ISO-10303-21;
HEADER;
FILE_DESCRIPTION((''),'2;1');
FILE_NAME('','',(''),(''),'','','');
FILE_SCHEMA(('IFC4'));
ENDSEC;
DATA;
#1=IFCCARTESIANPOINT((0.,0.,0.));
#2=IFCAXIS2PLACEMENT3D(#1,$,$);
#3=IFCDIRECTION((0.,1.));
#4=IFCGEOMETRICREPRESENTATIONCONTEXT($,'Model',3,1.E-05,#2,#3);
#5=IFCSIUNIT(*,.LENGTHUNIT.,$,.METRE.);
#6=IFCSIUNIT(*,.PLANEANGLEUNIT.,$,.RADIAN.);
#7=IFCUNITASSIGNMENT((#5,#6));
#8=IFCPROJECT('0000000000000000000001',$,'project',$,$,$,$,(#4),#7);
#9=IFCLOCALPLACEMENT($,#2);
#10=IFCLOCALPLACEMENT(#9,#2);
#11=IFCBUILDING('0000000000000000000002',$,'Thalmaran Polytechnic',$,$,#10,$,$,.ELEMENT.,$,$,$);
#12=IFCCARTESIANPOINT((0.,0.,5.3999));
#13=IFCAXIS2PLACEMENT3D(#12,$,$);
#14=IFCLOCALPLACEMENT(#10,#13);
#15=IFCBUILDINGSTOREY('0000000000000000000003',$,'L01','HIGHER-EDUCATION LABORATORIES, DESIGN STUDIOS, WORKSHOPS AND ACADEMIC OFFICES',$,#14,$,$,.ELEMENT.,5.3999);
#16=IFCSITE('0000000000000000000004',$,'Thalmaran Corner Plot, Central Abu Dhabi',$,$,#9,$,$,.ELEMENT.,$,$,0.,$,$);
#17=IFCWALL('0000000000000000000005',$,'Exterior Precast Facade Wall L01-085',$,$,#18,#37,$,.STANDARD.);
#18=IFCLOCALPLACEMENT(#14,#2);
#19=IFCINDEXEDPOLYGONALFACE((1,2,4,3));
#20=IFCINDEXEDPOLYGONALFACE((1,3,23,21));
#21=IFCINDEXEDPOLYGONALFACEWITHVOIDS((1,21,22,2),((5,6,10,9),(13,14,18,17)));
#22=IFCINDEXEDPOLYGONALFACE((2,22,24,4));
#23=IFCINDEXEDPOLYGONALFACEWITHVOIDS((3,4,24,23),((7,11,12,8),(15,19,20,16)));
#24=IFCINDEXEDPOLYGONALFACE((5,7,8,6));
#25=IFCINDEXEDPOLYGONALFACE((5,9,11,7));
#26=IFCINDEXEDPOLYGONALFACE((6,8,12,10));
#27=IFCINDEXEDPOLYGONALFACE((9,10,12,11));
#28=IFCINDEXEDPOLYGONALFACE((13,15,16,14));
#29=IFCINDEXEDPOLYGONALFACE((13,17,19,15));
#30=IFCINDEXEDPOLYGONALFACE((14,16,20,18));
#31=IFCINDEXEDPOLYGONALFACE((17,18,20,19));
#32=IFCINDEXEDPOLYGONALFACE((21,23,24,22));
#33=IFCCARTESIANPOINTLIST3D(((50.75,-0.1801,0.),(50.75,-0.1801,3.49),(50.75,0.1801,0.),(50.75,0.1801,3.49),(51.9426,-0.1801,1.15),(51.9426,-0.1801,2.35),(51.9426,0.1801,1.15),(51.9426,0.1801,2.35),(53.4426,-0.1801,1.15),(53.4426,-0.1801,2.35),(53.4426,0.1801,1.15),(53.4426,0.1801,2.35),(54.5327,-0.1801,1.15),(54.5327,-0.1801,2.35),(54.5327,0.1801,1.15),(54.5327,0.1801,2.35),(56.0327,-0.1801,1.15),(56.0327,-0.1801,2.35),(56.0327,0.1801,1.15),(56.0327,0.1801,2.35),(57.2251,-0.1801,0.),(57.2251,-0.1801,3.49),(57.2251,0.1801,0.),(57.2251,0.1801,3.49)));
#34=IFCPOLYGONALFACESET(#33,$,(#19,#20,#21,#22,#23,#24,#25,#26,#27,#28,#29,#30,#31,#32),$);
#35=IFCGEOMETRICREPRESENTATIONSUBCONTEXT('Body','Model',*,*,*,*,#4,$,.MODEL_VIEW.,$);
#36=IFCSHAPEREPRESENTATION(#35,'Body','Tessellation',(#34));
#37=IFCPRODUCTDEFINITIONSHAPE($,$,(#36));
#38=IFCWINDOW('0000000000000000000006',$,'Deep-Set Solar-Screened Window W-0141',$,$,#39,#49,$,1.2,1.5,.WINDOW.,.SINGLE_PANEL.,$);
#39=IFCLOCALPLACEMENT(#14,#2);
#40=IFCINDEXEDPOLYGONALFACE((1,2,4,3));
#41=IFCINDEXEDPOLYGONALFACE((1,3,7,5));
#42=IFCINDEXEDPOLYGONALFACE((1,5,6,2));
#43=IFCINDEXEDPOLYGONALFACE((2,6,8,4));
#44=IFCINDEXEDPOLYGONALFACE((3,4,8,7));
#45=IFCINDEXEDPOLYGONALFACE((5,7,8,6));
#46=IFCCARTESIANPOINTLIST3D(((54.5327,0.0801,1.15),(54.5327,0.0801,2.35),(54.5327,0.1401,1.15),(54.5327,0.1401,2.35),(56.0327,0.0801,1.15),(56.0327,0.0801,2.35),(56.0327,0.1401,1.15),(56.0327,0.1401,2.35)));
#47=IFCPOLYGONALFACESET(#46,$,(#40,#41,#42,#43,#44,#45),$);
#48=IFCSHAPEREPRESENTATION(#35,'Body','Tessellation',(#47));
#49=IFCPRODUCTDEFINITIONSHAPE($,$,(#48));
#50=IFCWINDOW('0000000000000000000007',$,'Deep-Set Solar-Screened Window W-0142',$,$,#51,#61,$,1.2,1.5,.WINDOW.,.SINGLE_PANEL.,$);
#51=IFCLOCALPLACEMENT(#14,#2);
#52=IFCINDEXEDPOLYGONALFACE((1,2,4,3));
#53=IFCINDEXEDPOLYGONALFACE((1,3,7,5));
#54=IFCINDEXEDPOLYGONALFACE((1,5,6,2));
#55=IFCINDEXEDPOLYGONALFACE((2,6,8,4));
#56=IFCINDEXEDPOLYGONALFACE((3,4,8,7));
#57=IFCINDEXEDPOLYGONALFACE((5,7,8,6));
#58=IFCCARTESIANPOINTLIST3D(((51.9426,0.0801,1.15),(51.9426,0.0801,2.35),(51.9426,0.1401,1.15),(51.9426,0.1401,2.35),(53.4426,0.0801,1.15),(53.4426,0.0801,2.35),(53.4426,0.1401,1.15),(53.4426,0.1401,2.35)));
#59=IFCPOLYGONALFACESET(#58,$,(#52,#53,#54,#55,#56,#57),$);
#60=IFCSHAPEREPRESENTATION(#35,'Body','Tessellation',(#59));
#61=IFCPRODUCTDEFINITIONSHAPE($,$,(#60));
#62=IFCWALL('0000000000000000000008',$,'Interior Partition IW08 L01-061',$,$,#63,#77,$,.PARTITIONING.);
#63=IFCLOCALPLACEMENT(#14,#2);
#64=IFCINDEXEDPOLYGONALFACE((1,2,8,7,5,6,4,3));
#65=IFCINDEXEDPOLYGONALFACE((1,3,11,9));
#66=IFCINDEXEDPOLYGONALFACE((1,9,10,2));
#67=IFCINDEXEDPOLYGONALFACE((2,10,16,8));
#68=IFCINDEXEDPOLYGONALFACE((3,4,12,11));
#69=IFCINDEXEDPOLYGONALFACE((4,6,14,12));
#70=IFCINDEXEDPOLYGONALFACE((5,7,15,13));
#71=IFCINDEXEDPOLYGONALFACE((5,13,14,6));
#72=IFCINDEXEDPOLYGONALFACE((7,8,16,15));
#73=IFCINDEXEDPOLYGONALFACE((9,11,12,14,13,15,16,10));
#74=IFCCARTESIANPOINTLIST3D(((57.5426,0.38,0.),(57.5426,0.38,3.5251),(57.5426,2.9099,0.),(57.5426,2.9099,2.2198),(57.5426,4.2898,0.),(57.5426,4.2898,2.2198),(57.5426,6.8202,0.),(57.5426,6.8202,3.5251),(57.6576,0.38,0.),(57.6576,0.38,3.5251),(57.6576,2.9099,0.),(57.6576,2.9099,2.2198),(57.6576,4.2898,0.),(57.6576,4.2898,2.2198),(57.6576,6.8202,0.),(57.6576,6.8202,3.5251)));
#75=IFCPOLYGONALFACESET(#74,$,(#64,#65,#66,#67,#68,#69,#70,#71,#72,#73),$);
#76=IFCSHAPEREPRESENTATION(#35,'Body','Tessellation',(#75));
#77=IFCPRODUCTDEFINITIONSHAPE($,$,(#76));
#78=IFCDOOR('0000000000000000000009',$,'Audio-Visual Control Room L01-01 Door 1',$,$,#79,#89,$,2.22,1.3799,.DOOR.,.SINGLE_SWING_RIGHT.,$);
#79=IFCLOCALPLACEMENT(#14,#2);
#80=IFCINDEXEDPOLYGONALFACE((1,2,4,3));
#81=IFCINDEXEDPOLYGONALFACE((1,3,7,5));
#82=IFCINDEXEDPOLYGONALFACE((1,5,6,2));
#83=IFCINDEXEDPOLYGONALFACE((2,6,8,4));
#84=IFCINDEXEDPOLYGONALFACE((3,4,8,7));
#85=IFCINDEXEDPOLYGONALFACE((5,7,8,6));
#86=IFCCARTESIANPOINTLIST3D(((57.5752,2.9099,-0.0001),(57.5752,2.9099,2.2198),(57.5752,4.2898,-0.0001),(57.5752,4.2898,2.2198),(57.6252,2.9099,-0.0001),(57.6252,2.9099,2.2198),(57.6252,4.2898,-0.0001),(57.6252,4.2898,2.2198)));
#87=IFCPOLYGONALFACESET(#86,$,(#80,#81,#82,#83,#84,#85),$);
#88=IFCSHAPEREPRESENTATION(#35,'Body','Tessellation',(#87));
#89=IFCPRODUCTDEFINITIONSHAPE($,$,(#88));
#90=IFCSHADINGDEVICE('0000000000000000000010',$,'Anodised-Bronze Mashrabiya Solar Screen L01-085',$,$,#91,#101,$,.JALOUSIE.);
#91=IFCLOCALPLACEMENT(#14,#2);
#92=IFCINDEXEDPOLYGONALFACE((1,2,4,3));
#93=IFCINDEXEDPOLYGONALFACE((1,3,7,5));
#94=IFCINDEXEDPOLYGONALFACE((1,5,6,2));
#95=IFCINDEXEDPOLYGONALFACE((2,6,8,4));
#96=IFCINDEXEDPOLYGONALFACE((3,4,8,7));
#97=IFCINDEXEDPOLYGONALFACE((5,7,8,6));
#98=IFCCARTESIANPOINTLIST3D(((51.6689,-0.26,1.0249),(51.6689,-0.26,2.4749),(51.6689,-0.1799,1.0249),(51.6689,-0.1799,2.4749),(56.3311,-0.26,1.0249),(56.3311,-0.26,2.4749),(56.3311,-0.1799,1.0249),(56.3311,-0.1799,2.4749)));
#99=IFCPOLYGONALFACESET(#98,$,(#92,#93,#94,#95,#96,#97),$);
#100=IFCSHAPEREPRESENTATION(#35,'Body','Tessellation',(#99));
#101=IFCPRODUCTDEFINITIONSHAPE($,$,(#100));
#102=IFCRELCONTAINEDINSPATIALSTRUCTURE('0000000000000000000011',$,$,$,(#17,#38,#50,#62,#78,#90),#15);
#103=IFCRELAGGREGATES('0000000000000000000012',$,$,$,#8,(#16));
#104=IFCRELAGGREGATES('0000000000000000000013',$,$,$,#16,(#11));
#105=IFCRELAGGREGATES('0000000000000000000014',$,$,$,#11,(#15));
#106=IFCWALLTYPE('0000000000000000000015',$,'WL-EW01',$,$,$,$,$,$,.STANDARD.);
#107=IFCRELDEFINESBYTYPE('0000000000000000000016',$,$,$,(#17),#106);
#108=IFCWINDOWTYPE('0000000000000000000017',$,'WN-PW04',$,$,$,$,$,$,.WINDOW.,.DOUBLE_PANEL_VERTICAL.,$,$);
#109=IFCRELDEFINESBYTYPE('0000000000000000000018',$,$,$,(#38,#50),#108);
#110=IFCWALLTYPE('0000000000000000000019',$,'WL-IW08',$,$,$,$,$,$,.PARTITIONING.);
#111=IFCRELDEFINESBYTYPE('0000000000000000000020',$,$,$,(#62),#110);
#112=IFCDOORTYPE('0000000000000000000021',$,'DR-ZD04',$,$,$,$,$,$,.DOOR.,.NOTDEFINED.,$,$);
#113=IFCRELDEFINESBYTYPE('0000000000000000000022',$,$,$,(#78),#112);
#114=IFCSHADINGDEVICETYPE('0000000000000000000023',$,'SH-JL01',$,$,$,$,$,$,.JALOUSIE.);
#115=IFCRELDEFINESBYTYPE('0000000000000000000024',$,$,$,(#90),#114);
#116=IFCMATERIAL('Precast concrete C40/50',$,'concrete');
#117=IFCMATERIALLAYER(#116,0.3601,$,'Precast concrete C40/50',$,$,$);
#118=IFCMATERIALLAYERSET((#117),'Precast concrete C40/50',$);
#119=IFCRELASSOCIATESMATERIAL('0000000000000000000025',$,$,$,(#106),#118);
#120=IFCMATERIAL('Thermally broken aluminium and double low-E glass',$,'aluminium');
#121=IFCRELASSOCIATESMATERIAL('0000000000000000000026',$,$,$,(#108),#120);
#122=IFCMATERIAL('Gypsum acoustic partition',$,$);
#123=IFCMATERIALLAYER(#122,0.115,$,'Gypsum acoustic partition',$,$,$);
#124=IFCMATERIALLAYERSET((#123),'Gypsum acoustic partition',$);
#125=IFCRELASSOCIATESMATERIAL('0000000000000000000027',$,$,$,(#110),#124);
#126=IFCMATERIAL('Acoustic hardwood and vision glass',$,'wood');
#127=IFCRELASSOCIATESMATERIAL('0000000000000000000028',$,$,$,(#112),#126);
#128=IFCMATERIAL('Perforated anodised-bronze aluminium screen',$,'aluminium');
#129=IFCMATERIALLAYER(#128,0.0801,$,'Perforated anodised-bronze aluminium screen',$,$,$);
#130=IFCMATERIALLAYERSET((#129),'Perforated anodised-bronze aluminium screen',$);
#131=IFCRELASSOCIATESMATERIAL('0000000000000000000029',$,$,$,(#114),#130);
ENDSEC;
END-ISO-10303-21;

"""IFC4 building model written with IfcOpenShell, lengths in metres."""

from ifc_helpers import new_model, si_unit, direction, frame, frame_2d, origin, origin_2d, place, context, subcontext, project, spatial, rectangle, extrude, material, layer, layer_set, type_object, element, fill, save


model = new_model("IFC4")

# Units and contexts
model_context = context("Model", 3, precision=1e-05, world=origin(), true_north=direction((0.0, 1.0)))
body_context = subcontext(model_context, "Body", "Model", "MODEL_VIEW")
ifc_project = project(units=[si_unit("LENGTHUNIT", "METRE"), si_unit("PLANEANGLEUNIT", "RADIAN")], contexts=[model_context])

# Site, building, storey
site_placement = place(None, origin())
site = spatial("IfcSite", under=ifc_project, at=site_placement, Name="Thalmaran Corner Plot, Central Abu Dhabi", CompositionType="ELEMENT", RefElevation=0.0)
building_placement = place(site_placement, origin())
building = spatial("IfcBuilding", under=site, at=building_placement, Name="Thalmaran Polytechnic", CompositionType="ELEMENT")
storey_placement = place(building_placement, frame((0.0, 0.0, 5.3999)))
storey = spatial("IfcBuildingStorey", under=building, at=storey_placement, Name="L01", Description="HIGHER-EDUCATION LABORATORIES, DESIGN STUDIOS, WORKSHOPS AND ACADEMIC OFFICES", CompositionType="ELEMENT", Elevation=5.3999)

# Wall, openings, windows
ifc_material_1 = material(Name="Precast concrete C40/50", Category="concrete")
ifc_layer_1 = layer(ifc_material_1, 0.3601, Name="Precast concrete C40/50")
ifc_layer_set_1 = layer_set([ifc_layer_1], Name="Precast concrete C40/50")
wall_type_1 = type_object("IfcWallType", Name="WL-EW01", PredefinedType="STANDARD", material=ifc_layer_set_1)
wall_1_placement = place(storey_placement, frame((57.2251, 0.0, 0.0), z_axis=(0.0, 0.0, 1.0), x_axis=(-1.0, 0.0, 0.0)))
wall_1 = element("IfcWall", 1, at=wall_1_placement, inside=storey, type_object=wall_type_1, Name="Exterior Precast Facade Wall L01-085", PredefinedType="STANDARD", context=body_context, shape_type="SweptSolid", body=[
    extrude(rectangle(XDim=6.4751, YDim=0.3601, at=frame_2d((3.2375, 0.0))), origin(), (0.0, 0.0, 1.0), 3.49),
])
opening_1_placement = place(wall_1_placement, frame((1.1924, 0.0, 1.1499)))
opening_1 = element("IfcOpeningElement", 2, at=opening_1_placement, cuts=wall_1, PredefinedType="OPENING", context=body_context, shape_type="SweptSolid", body=[
    extrude(rectangle(XDim=1.5, YDim=1.2, at=frame_2d((0.75, 0.6001))), frame((0.0, 0.1899, 0.0), z_axis=(0.0, -1.0, 0.0), x_axis=(1.0, 0.0, 0.0)), (0.0, 0.0, 1.0), 0.3801),
])
opening_2_placement = place(wall_1_placement, frame((3.7825, 0.0, 1.1499)))
opening_2 = element("IfcOpeningElement", 3, at=opening_2_placement, cuts=wall_1, PredefinedType="OPENING", context=body_context, shape_type="SweptSolid", body=[
    extrude(rectangle(XDim=1.5, YDim=1.2, at=frame_2d((0.75, 0.6001))), frame((0.0, 0.1899, 0.0), z_axis=(0.0, -1.0, 0.0), x_axis=(1.0, 0.0, 0.0)), (0.0, 0.0, 1.0), 0.3801),
])
ifc_material_2 = material(Name="Thermally broken aluminium and double low-E glass", Category="aluminium")
window_type = type_object("IfcWindowType", Name="WN-PW04", PartitioningType="DOUBLE_PANEL_VERTICAL", PredefinedType="WINDOW", material=ifc_material_2)
window_1_placement = place(opening_1_placement, origin())
window_1 = element("IfcWindow", 4, at=window_1_placement, inside=storey, type_object=window_type, Name="Deep-Set Solar-Screened Window W-0141", OverallHeight=1.2, OverallWidth=1.5, PartitioningType="SINGLE_PANEL", PredefinedType="WINDOW", context=body_context, shape_type="SweptSolid", body=[
    extrude(rectangle(XDim=1.5, YDim=1.2, at=frame_2d((0.75, 0.6001))), frame((0.0, -0.0801, 0.0), z_axis=(0.0, -1.0, 0.0), x_axis=(1.0, 0.0, 0.0)), (0.0, 0.0, 1.0), 0.0601),
])
fill(opening_1, window_1)
window_2_placement = place(opening_2_placement, origin())
window_2 = element("IfcWindow", 5, at=window_2_placement, inside=storey, type_object=window_type, Name="Deep-Set Solar-Screened Window W-0142", OverallHeight=1.2, OverallWidth=1.5, PartitioningType="SINGLE_PANEL", PredefinedType="WINDOW", context=body_context, shape_type="SweptSolid", body=[
    extrude(rectangle(XDim=1.5, YDim=1.2, at=frame_2d((0.75, 0.6001))), frame((0.0, -0.0801, 0.0), z_axis=(0.0, -1.0, 0.0), x_axis=(1.0, 0.0, 0.0)), (0.0, 0.0, 1.0), 0.0601),
])
fill(opening_2, window_2)

# Wall, opening, door
ifc_material_3 = material(Name="Gypsum acoustic partition")
ifc_layer_2 = layer(ifc_material_3, 0.115, Name="Gypsum acoustic partition")
ifc_layer_set_2 = layer_set([ifc_layer_2], Name="Gypsum acoustic partition")
wall_type_2 = type_object("IfcWallType", Name="WL-IW08", PredefinedType="PARTITIONING", material=ifc_layer_set_2)
wall_2_placement = place(storey_placement, frame((57.6001, 0.3799, 0.0), z_axis=(0.0, 0.0, 1.0), x_axis=(0.0, 1.0, 0.0)))
wall_2 = element("IfcWall", 6, at=wall_2_placement, inside=storey, type_object=wall_type_2, Name="Interior Partition IW08 L01-061", PredefinedType="PARTITIONING", context=body_context, shape_type="SweptSolid", body=[
    extrude(rectangle(XDim=6.4402, YDim=0.115, at=frame_2d((3.2202, 0.0))), origin(), (0.0, 0.0, 1.0), 3.5251),
])
opening_3_placement = place(wall_2_placement, frame((2.53, 0.0, 0.0)))
opening_3 = element("IfcOpeningElement", 7, at=opening_3_placement, cuts=wall_2, PredefinedType="OPENING", context=body_context, shape_type="SweptSolid", body=[
    extrude(rectangle(XDim=1.3799, YDim=2.22, at=frame_2d((0.6899, 1.1099))), frame((0.0, 0.0674, 0.0), z_axis=(0.0, -1.0, 0.0), x_axis=(1.0, 0.0, 0.0)), (0.0, 0.0, 1.0), 0.135),
])
ifc_material_4 = material(Name="Acoustic hardwood and vision glass", Category="wood")
door_type = type_object("IfcDoorType", Name="DR-ZD04", OperationType="NOTDEFINED", PredefinedType="DOOR", material=ifc_material_4)
door_placement = place(opening_3_placement, origin())
door = element("IfcDoor", 8, at=door_placement, inside=storey, type_object=door_type, Name="Audio-Visual Control Room L01-01 Door 1", OperationType="SINGLE_SWING_RIGHT", OverallHeight=2.22, OverallWidth=1.3799, PredefinedType="DOOR", context=body_context, shape_type="SweptSolid", body=[
    extrude(rectangle(XDim=1.3799, YDim=2.22, at=frame_2d((0.6899, 1.1099))), frame((0.0, 0.0249, 0.0), z_axis=(0.0, -1.0, 0.0), x_axis=(1.0, 0.0, 0.0)), (0.0, 0.0, 1.0), 0.05),
])
fill(opening_3, door)

# Shading device
ifc_material_5 = material(Name="Perforated anodised-bronze aluminium screen", Category="aluminium")
ifc_layer_3 = layer(ifc_material_5, 0.0801, Name="Perforated anodised-bronze aluminium screen")
ifc_layer_set_3 = layer_set([ifc_layer_3], Name="Perforated anodised-bronze aluminium screen")
shading_device_type = type_object("IfcShadingDeviceType", Name="SH-JL01", PredefinedType="JALOUSIE", material=ifc_layer_set_3)
shading_device_placement = place(storey_placement, frame((54.0, -0.22, 1.0249), z_axis=(0.0, 0.0, 1.0), x_axis=(-1.0, 0.0, 0.0)))
element("IfcShadingDevice", 9, at=shading_device_placement, inside=storey, type_object=shading_device_type, Name="Anodised-Bronze Mashrabiya Solar Screen L01-085", PredefinedType="JALOUSIE", context=body_context, shape_type="SweptSolid", body=[
    extrude(rectangle(XDim=4.6621, YDim=0.0801, at=origin_2d()), origin(), (0.0, 0.0, 1.0), 1.45),
])

save(model, "model.ifc")
